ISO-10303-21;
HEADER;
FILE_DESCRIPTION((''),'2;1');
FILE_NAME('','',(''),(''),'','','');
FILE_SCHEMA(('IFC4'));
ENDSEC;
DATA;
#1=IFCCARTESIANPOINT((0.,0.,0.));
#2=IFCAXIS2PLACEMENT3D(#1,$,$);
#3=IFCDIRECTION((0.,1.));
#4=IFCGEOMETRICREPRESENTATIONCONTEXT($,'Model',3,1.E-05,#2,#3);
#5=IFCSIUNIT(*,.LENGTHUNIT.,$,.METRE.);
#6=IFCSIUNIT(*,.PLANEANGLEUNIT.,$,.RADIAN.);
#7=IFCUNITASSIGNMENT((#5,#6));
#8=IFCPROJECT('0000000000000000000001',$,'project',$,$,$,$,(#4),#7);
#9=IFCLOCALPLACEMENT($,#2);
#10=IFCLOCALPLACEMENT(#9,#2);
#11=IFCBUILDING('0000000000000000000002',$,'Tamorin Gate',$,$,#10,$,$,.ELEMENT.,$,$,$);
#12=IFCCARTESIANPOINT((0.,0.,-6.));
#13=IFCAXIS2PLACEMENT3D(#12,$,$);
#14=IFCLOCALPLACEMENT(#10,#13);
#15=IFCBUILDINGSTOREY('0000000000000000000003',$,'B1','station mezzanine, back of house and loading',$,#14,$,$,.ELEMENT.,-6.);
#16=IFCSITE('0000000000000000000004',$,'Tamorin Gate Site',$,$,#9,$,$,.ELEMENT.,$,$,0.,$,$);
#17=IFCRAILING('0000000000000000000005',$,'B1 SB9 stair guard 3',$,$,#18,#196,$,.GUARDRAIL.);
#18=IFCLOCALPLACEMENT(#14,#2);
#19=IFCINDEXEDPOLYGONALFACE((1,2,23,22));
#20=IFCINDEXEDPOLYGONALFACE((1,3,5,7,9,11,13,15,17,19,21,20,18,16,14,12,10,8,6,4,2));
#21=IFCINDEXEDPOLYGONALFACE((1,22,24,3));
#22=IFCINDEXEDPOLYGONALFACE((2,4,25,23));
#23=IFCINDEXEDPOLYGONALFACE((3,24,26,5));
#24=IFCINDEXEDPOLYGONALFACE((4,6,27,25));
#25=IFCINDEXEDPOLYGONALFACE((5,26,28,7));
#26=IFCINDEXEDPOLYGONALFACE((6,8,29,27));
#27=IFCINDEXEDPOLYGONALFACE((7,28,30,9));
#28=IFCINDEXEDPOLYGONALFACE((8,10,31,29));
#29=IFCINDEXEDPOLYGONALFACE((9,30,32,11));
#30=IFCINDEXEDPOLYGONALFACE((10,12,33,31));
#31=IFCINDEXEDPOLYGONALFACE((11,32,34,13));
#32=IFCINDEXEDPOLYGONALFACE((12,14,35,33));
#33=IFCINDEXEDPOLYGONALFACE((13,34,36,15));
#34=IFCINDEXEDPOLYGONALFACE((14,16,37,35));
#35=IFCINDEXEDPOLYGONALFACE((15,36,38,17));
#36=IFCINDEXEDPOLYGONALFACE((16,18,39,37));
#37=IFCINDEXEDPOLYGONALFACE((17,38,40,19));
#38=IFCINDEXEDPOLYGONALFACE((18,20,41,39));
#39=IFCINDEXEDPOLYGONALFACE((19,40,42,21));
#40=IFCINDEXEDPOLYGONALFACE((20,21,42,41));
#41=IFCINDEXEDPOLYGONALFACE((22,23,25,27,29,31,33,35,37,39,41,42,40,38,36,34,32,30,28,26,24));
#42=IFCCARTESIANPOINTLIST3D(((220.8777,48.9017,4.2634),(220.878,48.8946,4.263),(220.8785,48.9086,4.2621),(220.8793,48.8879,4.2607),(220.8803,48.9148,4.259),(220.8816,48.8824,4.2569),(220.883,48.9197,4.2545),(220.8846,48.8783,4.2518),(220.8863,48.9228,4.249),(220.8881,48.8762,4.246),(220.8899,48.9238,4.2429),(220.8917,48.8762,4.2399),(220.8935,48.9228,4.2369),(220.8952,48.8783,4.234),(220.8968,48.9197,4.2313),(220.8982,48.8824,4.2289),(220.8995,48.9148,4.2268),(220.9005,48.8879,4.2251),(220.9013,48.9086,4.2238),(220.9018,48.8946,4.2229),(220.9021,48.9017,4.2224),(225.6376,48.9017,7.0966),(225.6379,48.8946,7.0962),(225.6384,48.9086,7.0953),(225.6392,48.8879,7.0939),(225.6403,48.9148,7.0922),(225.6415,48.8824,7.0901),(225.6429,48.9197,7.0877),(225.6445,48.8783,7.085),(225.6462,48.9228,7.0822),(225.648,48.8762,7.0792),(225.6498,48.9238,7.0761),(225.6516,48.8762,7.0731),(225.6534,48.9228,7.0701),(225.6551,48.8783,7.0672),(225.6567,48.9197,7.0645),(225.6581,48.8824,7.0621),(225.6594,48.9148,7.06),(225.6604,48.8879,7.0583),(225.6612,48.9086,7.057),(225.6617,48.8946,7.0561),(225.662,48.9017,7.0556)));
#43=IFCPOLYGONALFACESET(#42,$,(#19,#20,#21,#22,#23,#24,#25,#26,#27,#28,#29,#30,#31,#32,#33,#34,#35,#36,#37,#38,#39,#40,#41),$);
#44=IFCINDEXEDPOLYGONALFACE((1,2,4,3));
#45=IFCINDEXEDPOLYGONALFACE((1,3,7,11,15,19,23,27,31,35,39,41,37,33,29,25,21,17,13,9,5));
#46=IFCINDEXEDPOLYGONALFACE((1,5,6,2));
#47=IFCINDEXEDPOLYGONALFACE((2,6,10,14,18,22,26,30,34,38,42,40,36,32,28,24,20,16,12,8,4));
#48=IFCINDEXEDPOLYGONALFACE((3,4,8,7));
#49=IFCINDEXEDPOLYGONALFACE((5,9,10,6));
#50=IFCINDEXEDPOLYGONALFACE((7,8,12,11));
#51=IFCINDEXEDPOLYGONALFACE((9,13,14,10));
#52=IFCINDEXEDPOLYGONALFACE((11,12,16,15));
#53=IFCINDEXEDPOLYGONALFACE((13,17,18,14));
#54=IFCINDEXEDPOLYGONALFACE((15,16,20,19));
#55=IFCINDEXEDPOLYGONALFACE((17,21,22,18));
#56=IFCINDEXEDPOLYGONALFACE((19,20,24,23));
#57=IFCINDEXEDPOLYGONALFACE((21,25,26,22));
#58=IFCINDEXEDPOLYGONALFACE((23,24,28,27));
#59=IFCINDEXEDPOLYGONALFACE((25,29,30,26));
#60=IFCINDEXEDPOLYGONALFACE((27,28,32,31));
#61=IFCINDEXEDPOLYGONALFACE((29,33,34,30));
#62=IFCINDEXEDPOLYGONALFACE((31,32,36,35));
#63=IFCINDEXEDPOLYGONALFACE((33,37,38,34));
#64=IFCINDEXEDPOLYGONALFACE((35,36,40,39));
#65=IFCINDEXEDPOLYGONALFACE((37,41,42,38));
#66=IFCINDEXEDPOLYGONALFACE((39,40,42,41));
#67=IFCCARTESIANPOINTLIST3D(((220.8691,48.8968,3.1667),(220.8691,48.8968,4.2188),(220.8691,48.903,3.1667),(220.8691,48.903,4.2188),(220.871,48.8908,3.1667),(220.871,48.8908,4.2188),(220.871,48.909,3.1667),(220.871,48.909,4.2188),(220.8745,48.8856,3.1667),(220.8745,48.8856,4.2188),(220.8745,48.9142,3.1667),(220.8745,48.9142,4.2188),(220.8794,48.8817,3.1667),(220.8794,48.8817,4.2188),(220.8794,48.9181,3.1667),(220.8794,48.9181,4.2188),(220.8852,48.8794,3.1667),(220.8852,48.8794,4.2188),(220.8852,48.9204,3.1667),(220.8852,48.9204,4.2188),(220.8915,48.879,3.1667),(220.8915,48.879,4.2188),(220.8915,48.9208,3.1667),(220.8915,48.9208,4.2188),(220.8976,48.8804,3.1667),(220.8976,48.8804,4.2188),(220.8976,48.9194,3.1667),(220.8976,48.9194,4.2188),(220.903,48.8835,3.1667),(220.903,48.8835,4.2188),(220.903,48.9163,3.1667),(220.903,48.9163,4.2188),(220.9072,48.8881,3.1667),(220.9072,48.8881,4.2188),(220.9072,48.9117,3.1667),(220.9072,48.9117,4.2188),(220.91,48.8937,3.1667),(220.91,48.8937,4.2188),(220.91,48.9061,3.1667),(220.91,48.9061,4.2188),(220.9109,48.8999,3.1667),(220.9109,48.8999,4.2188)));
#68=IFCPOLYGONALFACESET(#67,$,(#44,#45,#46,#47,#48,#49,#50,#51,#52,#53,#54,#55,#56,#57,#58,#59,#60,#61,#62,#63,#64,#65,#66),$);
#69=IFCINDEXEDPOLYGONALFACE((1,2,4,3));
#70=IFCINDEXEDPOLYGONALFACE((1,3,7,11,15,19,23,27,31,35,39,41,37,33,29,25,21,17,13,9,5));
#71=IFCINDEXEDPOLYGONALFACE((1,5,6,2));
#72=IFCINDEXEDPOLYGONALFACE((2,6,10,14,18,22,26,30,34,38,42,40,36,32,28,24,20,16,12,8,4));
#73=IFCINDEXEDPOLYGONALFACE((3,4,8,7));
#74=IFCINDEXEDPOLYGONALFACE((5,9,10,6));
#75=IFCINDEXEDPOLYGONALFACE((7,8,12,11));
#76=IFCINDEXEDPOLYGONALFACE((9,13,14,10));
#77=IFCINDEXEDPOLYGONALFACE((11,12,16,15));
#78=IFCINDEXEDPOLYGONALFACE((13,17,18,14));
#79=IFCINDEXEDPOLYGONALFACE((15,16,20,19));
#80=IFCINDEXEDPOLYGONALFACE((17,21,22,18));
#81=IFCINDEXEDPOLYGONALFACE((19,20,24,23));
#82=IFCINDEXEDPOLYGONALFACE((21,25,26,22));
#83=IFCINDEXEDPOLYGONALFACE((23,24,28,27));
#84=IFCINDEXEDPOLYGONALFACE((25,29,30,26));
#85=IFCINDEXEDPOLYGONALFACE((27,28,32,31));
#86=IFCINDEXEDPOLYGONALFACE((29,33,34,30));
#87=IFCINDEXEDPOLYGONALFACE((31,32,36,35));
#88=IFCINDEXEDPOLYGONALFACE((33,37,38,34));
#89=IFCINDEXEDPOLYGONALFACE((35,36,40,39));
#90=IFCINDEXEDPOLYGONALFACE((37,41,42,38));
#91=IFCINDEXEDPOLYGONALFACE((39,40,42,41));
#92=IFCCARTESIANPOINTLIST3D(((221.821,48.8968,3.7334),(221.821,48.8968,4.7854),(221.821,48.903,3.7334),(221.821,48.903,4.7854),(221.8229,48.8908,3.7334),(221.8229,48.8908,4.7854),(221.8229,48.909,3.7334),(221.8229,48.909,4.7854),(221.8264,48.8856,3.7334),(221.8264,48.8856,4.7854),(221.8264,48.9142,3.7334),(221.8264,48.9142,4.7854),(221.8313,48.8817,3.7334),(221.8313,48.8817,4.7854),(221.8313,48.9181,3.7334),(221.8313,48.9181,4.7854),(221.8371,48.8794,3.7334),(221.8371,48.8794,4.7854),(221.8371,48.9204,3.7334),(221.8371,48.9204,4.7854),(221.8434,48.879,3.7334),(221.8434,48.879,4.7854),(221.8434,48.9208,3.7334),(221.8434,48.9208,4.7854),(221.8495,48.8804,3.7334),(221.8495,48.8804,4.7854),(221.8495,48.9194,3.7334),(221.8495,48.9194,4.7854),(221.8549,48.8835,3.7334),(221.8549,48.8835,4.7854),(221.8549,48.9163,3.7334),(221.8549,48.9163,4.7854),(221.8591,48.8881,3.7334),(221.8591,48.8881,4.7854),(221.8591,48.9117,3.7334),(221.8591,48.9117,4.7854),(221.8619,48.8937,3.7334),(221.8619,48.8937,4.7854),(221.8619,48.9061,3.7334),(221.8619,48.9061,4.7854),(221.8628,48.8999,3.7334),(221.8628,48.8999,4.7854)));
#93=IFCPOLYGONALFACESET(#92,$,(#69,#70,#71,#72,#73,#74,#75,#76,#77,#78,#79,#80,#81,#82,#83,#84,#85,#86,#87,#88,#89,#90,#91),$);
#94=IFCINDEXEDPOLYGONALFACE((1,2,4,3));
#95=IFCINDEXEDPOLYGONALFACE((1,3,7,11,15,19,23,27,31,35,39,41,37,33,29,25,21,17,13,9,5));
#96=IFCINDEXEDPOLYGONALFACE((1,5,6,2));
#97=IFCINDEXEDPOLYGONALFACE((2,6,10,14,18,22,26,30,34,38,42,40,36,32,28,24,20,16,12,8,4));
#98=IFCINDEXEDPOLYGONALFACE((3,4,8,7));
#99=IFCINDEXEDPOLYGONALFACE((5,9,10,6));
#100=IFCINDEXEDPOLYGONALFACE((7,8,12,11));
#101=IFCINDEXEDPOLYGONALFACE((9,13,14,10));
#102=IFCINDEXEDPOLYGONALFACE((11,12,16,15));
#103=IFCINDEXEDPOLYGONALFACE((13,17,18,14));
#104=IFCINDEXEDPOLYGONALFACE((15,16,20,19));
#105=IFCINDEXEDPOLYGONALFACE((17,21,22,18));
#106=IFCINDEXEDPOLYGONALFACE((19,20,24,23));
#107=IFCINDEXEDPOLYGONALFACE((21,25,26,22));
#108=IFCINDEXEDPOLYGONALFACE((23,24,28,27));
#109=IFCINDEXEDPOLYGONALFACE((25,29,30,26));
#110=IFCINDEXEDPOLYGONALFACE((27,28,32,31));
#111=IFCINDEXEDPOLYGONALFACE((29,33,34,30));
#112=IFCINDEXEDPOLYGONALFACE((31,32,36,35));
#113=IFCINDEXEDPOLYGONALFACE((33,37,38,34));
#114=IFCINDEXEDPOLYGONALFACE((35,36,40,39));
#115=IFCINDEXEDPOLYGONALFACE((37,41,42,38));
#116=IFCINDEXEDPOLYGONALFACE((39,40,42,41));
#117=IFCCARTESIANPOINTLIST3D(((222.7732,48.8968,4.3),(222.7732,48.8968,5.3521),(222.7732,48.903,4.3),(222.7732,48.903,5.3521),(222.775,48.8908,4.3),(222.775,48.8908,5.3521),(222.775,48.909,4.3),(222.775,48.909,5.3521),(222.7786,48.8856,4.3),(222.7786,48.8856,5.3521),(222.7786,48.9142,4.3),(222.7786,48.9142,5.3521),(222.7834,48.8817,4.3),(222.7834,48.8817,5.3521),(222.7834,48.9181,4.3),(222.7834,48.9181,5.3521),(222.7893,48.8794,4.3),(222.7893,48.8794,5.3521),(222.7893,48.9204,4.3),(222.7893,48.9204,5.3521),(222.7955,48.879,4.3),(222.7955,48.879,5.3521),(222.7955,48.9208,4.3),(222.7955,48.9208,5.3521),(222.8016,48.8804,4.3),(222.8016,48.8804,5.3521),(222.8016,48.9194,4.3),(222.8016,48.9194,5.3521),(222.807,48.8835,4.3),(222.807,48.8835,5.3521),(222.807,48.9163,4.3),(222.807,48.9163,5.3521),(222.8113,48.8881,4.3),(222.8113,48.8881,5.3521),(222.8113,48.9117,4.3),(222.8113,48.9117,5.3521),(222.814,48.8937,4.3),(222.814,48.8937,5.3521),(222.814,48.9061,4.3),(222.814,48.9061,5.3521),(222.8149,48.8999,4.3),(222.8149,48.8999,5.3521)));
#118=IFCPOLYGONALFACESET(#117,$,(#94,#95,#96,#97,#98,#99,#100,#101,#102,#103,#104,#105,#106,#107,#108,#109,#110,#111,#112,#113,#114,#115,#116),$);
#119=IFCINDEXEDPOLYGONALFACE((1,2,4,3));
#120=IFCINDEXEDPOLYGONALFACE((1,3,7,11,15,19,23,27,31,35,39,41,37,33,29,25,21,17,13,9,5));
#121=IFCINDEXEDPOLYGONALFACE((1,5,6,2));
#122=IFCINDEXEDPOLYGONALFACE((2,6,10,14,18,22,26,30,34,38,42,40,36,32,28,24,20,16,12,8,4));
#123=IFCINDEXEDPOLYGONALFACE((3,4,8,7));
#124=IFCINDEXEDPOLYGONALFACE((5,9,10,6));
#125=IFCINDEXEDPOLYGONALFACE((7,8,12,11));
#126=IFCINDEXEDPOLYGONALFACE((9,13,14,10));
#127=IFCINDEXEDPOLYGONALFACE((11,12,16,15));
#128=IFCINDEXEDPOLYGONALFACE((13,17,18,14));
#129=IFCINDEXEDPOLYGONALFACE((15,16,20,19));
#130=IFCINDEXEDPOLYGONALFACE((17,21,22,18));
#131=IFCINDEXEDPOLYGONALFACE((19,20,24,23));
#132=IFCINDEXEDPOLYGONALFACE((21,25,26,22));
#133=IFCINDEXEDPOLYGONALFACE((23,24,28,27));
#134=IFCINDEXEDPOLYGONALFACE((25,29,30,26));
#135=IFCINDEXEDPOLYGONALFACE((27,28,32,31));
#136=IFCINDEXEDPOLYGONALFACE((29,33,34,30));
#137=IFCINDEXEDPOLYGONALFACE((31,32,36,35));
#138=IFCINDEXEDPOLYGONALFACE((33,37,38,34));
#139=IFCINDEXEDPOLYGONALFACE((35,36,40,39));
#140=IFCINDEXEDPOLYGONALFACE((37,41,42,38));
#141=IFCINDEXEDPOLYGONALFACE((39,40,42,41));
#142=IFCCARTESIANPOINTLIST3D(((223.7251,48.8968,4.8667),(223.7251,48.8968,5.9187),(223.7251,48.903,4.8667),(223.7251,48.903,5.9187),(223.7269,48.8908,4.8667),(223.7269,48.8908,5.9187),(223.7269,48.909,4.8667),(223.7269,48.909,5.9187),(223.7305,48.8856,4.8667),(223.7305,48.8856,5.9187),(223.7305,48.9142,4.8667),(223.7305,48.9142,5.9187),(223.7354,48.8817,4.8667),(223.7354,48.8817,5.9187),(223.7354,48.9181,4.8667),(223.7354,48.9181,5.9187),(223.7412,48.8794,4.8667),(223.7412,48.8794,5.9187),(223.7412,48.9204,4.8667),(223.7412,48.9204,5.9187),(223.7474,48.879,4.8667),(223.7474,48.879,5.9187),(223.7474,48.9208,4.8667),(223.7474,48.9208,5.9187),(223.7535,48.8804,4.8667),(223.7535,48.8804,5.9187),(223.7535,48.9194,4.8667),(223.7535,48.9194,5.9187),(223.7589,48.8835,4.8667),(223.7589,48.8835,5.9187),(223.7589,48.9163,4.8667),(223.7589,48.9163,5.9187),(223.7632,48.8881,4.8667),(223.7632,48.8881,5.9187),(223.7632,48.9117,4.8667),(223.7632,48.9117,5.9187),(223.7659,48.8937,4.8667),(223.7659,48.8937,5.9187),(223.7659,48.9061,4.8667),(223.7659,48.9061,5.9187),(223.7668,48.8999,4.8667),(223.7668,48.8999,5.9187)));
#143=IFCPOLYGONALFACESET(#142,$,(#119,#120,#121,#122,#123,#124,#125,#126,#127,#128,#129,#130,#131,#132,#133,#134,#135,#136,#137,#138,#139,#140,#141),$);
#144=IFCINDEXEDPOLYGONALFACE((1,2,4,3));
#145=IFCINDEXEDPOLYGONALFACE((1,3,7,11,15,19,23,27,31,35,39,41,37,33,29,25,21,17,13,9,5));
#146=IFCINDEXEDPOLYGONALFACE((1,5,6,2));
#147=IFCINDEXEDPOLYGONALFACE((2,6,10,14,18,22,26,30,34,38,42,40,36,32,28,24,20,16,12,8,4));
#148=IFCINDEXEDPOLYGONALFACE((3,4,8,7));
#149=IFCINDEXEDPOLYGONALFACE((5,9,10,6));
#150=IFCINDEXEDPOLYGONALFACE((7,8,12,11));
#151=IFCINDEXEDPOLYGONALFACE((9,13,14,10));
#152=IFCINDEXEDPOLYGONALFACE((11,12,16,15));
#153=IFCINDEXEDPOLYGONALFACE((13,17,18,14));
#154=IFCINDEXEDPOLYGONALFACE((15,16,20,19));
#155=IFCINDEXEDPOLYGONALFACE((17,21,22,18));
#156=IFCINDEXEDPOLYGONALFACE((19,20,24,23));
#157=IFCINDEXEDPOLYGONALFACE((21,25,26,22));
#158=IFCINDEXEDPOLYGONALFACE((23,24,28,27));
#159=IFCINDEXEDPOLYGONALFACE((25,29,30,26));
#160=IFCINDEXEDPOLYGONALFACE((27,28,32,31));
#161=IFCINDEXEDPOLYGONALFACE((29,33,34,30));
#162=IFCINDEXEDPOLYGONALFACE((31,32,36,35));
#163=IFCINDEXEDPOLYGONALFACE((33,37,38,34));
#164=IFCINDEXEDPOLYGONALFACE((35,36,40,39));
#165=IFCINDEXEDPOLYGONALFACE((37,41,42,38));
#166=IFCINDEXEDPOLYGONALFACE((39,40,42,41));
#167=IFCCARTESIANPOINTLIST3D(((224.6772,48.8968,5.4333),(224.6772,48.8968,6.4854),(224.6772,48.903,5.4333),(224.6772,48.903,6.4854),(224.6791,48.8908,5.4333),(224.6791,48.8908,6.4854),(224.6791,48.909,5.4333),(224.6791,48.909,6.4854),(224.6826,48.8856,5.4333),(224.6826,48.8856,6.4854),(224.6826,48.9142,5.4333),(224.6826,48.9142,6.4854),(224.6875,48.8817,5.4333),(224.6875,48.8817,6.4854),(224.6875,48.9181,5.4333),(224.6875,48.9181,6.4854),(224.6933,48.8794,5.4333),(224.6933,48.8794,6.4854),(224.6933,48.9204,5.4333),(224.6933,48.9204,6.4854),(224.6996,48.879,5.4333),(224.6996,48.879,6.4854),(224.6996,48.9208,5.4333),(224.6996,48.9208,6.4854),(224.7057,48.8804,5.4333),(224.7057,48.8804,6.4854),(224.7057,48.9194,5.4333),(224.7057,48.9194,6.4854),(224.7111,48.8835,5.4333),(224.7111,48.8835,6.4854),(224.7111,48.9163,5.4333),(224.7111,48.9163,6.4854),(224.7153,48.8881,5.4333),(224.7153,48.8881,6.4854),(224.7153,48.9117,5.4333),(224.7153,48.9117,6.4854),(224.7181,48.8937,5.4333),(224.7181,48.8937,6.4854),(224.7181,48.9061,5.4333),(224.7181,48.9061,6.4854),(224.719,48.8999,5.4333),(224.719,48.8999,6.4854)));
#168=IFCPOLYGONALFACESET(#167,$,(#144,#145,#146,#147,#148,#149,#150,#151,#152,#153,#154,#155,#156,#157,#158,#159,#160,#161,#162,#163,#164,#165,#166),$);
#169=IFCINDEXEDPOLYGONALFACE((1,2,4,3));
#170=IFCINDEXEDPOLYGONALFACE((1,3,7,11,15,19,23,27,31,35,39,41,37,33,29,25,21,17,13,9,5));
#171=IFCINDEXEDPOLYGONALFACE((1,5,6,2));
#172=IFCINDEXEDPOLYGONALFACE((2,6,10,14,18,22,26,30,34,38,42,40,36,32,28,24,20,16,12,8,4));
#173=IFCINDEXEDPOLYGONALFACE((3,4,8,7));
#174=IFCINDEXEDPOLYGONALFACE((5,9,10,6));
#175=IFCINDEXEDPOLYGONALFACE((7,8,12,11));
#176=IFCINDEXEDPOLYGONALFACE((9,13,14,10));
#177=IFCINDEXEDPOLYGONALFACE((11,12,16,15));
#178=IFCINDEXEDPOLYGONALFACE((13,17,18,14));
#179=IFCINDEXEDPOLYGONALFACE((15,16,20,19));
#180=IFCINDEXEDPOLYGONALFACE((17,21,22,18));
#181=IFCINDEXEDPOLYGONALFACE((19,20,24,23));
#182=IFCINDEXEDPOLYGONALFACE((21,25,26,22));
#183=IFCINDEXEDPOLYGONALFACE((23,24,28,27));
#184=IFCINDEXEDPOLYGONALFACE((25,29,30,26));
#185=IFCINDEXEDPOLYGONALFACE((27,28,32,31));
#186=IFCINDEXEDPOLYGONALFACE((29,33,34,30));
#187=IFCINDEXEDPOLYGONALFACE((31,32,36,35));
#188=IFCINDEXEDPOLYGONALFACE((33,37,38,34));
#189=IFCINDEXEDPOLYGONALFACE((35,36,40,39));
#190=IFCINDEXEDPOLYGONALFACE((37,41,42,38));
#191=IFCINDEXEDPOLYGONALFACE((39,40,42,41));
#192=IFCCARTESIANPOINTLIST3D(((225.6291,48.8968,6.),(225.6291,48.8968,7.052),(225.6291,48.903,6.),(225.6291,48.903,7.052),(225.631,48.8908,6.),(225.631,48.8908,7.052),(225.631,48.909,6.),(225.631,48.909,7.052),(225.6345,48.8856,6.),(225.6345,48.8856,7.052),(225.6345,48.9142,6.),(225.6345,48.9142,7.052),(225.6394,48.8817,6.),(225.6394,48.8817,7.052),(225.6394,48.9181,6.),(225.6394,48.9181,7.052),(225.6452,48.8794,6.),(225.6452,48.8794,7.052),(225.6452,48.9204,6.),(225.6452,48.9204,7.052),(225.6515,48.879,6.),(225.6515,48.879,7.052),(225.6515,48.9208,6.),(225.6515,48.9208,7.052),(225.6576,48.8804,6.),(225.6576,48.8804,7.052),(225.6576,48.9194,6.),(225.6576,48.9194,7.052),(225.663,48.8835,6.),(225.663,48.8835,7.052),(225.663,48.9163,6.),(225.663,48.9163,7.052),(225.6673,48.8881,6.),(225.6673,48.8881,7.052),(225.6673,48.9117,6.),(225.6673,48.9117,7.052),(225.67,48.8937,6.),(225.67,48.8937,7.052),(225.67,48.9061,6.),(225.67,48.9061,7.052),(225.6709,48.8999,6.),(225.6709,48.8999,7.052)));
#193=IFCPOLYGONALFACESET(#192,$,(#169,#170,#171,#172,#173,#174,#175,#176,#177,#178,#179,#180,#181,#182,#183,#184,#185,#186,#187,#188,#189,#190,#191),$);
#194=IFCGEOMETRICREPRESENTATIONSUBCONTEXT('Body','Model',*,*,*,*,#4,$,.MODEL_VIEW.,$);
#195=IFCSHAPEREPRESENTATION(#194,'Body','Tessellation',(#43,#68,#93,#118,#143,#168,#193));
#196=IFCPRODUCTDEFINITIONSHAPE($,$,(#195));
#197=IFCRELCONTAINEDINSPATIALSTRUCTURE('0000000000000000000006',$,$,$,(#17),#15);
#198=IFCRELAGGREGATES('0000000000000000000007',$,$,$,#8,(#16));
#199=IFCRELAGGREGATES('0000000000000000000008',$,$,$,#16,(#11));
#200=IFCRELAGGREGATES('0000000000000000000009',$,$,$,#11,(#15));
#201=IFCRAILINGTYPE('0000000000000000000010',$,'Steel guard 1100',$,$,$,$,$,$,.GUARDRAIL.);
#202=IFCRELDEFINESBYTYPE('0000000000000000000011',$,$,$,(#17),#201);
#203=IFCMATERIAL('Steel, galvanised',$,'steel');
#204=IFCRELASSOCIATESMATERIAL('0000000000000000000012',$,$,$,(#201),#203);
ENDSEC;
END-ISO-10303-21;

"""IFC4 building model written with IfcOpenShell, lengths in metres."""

from ifc_helpers import new_model, si_unit, direction, frame, origin, origin_2d, place, context, subcontext, project, spatial, circle, extrude, material, type_object, element, save


model = new_model("IFC4")

# Units and contexts
model_context = context("Model", 3, precision=1e-05, world=origin(), true_north=direction((0.0, 1.0)))
body_context = subcontext(model_context, "Body", "Model", "MODEL_VIEW")
ifc_project = project(units=[si_unit("LENGTHUNIT", "METRE"), si_unit("PLANEANGLEUNIT", "RADIAN")], contexts=[model_context])

# Site, building, storey
site_placement = place(None, origin())
site = spatial("IfcSite", under=ifc_project, at=site_placement, Name="Tamorin Gate Site", CompositionType="ELEMENT", RefElevation=0.0)
building_placement = place(site_placement, origin())
building = spatial("IfcBuilding", under=site, at=building_placement, Name="Tamorin Gate", CompositionType="ELEMENT")
storey_placement = place(building_placement, frame((0.0, 0.0, -6.0)))
storey = spatial("IfcBuildingStorey", under=building, at=storey_placement, Name="B1", Description="station mezzanine, back of house and loading", CompositionType="ELEMENT", Elevation=-6.0)

# Railing
ifc_material_1 = material(Name="Steel, galvanised", Category="steel")
railing_type_1 = type_object("IfcRailingType", Name="Steel guard 1100", PredefinedType="GUARDRAIL", material=ifc_material_1)
railing_1_placement = place(storey_placement, frame((220.8899, 48.8999, 3.1667)))
element("IfcRailing", 1, at=railing_1_placement, inside=storey, type_object=railing_type_1, Name="B1 SB9 stair guard 3", PredefinedType="GUARDRAIL", context=body_context, shape_type="SweptSolid", body=[
    extrude(circle(Radius=0.0239, at=origin_2d()), frame((0.0, 0.0, 1.0762), z_axis=(0.8593, 0.0, 0.511472), x_axis=(0.0, 1.0, 0.0)), (0.0, 0.0, 1.0), 5.5393),
    extrude(circle(Radius=0.021, at=origin_2d()), origin(), (0.0, 0.0, 1.0), 1.052),
    extrude(circle(Radius=0.021, at=origin_2d()), frame((0.9519, 0.0, 0.5667)), (0.0, 0.0, 1.0), 1.052),
    extrude(circle(Radius=0.021, at=origin_2d()), frame((1.9041, 0.0, 1.1333)), (0.0, 0.0, 1.0), 1.052),
    extrude(circle(Radius=0.021, at=origin_2d()), frame((2.856, 0.0, 1.7)), (0.0, 0.0, 1.0), 1.052),
    extrude(circle(Radius=0.021, at=origin_2d()), frame((3.8081, 0.0, 2.2666)), (0.0, 0.0, 1.0), 1.052),
    extrude(circle(Radius=0.021, at=origin_2d()), frame((4.76, 0.0, 2.8333)), (0.0, 0.0, 1.0), 1.052),
])

save(model, "model.ifc")
